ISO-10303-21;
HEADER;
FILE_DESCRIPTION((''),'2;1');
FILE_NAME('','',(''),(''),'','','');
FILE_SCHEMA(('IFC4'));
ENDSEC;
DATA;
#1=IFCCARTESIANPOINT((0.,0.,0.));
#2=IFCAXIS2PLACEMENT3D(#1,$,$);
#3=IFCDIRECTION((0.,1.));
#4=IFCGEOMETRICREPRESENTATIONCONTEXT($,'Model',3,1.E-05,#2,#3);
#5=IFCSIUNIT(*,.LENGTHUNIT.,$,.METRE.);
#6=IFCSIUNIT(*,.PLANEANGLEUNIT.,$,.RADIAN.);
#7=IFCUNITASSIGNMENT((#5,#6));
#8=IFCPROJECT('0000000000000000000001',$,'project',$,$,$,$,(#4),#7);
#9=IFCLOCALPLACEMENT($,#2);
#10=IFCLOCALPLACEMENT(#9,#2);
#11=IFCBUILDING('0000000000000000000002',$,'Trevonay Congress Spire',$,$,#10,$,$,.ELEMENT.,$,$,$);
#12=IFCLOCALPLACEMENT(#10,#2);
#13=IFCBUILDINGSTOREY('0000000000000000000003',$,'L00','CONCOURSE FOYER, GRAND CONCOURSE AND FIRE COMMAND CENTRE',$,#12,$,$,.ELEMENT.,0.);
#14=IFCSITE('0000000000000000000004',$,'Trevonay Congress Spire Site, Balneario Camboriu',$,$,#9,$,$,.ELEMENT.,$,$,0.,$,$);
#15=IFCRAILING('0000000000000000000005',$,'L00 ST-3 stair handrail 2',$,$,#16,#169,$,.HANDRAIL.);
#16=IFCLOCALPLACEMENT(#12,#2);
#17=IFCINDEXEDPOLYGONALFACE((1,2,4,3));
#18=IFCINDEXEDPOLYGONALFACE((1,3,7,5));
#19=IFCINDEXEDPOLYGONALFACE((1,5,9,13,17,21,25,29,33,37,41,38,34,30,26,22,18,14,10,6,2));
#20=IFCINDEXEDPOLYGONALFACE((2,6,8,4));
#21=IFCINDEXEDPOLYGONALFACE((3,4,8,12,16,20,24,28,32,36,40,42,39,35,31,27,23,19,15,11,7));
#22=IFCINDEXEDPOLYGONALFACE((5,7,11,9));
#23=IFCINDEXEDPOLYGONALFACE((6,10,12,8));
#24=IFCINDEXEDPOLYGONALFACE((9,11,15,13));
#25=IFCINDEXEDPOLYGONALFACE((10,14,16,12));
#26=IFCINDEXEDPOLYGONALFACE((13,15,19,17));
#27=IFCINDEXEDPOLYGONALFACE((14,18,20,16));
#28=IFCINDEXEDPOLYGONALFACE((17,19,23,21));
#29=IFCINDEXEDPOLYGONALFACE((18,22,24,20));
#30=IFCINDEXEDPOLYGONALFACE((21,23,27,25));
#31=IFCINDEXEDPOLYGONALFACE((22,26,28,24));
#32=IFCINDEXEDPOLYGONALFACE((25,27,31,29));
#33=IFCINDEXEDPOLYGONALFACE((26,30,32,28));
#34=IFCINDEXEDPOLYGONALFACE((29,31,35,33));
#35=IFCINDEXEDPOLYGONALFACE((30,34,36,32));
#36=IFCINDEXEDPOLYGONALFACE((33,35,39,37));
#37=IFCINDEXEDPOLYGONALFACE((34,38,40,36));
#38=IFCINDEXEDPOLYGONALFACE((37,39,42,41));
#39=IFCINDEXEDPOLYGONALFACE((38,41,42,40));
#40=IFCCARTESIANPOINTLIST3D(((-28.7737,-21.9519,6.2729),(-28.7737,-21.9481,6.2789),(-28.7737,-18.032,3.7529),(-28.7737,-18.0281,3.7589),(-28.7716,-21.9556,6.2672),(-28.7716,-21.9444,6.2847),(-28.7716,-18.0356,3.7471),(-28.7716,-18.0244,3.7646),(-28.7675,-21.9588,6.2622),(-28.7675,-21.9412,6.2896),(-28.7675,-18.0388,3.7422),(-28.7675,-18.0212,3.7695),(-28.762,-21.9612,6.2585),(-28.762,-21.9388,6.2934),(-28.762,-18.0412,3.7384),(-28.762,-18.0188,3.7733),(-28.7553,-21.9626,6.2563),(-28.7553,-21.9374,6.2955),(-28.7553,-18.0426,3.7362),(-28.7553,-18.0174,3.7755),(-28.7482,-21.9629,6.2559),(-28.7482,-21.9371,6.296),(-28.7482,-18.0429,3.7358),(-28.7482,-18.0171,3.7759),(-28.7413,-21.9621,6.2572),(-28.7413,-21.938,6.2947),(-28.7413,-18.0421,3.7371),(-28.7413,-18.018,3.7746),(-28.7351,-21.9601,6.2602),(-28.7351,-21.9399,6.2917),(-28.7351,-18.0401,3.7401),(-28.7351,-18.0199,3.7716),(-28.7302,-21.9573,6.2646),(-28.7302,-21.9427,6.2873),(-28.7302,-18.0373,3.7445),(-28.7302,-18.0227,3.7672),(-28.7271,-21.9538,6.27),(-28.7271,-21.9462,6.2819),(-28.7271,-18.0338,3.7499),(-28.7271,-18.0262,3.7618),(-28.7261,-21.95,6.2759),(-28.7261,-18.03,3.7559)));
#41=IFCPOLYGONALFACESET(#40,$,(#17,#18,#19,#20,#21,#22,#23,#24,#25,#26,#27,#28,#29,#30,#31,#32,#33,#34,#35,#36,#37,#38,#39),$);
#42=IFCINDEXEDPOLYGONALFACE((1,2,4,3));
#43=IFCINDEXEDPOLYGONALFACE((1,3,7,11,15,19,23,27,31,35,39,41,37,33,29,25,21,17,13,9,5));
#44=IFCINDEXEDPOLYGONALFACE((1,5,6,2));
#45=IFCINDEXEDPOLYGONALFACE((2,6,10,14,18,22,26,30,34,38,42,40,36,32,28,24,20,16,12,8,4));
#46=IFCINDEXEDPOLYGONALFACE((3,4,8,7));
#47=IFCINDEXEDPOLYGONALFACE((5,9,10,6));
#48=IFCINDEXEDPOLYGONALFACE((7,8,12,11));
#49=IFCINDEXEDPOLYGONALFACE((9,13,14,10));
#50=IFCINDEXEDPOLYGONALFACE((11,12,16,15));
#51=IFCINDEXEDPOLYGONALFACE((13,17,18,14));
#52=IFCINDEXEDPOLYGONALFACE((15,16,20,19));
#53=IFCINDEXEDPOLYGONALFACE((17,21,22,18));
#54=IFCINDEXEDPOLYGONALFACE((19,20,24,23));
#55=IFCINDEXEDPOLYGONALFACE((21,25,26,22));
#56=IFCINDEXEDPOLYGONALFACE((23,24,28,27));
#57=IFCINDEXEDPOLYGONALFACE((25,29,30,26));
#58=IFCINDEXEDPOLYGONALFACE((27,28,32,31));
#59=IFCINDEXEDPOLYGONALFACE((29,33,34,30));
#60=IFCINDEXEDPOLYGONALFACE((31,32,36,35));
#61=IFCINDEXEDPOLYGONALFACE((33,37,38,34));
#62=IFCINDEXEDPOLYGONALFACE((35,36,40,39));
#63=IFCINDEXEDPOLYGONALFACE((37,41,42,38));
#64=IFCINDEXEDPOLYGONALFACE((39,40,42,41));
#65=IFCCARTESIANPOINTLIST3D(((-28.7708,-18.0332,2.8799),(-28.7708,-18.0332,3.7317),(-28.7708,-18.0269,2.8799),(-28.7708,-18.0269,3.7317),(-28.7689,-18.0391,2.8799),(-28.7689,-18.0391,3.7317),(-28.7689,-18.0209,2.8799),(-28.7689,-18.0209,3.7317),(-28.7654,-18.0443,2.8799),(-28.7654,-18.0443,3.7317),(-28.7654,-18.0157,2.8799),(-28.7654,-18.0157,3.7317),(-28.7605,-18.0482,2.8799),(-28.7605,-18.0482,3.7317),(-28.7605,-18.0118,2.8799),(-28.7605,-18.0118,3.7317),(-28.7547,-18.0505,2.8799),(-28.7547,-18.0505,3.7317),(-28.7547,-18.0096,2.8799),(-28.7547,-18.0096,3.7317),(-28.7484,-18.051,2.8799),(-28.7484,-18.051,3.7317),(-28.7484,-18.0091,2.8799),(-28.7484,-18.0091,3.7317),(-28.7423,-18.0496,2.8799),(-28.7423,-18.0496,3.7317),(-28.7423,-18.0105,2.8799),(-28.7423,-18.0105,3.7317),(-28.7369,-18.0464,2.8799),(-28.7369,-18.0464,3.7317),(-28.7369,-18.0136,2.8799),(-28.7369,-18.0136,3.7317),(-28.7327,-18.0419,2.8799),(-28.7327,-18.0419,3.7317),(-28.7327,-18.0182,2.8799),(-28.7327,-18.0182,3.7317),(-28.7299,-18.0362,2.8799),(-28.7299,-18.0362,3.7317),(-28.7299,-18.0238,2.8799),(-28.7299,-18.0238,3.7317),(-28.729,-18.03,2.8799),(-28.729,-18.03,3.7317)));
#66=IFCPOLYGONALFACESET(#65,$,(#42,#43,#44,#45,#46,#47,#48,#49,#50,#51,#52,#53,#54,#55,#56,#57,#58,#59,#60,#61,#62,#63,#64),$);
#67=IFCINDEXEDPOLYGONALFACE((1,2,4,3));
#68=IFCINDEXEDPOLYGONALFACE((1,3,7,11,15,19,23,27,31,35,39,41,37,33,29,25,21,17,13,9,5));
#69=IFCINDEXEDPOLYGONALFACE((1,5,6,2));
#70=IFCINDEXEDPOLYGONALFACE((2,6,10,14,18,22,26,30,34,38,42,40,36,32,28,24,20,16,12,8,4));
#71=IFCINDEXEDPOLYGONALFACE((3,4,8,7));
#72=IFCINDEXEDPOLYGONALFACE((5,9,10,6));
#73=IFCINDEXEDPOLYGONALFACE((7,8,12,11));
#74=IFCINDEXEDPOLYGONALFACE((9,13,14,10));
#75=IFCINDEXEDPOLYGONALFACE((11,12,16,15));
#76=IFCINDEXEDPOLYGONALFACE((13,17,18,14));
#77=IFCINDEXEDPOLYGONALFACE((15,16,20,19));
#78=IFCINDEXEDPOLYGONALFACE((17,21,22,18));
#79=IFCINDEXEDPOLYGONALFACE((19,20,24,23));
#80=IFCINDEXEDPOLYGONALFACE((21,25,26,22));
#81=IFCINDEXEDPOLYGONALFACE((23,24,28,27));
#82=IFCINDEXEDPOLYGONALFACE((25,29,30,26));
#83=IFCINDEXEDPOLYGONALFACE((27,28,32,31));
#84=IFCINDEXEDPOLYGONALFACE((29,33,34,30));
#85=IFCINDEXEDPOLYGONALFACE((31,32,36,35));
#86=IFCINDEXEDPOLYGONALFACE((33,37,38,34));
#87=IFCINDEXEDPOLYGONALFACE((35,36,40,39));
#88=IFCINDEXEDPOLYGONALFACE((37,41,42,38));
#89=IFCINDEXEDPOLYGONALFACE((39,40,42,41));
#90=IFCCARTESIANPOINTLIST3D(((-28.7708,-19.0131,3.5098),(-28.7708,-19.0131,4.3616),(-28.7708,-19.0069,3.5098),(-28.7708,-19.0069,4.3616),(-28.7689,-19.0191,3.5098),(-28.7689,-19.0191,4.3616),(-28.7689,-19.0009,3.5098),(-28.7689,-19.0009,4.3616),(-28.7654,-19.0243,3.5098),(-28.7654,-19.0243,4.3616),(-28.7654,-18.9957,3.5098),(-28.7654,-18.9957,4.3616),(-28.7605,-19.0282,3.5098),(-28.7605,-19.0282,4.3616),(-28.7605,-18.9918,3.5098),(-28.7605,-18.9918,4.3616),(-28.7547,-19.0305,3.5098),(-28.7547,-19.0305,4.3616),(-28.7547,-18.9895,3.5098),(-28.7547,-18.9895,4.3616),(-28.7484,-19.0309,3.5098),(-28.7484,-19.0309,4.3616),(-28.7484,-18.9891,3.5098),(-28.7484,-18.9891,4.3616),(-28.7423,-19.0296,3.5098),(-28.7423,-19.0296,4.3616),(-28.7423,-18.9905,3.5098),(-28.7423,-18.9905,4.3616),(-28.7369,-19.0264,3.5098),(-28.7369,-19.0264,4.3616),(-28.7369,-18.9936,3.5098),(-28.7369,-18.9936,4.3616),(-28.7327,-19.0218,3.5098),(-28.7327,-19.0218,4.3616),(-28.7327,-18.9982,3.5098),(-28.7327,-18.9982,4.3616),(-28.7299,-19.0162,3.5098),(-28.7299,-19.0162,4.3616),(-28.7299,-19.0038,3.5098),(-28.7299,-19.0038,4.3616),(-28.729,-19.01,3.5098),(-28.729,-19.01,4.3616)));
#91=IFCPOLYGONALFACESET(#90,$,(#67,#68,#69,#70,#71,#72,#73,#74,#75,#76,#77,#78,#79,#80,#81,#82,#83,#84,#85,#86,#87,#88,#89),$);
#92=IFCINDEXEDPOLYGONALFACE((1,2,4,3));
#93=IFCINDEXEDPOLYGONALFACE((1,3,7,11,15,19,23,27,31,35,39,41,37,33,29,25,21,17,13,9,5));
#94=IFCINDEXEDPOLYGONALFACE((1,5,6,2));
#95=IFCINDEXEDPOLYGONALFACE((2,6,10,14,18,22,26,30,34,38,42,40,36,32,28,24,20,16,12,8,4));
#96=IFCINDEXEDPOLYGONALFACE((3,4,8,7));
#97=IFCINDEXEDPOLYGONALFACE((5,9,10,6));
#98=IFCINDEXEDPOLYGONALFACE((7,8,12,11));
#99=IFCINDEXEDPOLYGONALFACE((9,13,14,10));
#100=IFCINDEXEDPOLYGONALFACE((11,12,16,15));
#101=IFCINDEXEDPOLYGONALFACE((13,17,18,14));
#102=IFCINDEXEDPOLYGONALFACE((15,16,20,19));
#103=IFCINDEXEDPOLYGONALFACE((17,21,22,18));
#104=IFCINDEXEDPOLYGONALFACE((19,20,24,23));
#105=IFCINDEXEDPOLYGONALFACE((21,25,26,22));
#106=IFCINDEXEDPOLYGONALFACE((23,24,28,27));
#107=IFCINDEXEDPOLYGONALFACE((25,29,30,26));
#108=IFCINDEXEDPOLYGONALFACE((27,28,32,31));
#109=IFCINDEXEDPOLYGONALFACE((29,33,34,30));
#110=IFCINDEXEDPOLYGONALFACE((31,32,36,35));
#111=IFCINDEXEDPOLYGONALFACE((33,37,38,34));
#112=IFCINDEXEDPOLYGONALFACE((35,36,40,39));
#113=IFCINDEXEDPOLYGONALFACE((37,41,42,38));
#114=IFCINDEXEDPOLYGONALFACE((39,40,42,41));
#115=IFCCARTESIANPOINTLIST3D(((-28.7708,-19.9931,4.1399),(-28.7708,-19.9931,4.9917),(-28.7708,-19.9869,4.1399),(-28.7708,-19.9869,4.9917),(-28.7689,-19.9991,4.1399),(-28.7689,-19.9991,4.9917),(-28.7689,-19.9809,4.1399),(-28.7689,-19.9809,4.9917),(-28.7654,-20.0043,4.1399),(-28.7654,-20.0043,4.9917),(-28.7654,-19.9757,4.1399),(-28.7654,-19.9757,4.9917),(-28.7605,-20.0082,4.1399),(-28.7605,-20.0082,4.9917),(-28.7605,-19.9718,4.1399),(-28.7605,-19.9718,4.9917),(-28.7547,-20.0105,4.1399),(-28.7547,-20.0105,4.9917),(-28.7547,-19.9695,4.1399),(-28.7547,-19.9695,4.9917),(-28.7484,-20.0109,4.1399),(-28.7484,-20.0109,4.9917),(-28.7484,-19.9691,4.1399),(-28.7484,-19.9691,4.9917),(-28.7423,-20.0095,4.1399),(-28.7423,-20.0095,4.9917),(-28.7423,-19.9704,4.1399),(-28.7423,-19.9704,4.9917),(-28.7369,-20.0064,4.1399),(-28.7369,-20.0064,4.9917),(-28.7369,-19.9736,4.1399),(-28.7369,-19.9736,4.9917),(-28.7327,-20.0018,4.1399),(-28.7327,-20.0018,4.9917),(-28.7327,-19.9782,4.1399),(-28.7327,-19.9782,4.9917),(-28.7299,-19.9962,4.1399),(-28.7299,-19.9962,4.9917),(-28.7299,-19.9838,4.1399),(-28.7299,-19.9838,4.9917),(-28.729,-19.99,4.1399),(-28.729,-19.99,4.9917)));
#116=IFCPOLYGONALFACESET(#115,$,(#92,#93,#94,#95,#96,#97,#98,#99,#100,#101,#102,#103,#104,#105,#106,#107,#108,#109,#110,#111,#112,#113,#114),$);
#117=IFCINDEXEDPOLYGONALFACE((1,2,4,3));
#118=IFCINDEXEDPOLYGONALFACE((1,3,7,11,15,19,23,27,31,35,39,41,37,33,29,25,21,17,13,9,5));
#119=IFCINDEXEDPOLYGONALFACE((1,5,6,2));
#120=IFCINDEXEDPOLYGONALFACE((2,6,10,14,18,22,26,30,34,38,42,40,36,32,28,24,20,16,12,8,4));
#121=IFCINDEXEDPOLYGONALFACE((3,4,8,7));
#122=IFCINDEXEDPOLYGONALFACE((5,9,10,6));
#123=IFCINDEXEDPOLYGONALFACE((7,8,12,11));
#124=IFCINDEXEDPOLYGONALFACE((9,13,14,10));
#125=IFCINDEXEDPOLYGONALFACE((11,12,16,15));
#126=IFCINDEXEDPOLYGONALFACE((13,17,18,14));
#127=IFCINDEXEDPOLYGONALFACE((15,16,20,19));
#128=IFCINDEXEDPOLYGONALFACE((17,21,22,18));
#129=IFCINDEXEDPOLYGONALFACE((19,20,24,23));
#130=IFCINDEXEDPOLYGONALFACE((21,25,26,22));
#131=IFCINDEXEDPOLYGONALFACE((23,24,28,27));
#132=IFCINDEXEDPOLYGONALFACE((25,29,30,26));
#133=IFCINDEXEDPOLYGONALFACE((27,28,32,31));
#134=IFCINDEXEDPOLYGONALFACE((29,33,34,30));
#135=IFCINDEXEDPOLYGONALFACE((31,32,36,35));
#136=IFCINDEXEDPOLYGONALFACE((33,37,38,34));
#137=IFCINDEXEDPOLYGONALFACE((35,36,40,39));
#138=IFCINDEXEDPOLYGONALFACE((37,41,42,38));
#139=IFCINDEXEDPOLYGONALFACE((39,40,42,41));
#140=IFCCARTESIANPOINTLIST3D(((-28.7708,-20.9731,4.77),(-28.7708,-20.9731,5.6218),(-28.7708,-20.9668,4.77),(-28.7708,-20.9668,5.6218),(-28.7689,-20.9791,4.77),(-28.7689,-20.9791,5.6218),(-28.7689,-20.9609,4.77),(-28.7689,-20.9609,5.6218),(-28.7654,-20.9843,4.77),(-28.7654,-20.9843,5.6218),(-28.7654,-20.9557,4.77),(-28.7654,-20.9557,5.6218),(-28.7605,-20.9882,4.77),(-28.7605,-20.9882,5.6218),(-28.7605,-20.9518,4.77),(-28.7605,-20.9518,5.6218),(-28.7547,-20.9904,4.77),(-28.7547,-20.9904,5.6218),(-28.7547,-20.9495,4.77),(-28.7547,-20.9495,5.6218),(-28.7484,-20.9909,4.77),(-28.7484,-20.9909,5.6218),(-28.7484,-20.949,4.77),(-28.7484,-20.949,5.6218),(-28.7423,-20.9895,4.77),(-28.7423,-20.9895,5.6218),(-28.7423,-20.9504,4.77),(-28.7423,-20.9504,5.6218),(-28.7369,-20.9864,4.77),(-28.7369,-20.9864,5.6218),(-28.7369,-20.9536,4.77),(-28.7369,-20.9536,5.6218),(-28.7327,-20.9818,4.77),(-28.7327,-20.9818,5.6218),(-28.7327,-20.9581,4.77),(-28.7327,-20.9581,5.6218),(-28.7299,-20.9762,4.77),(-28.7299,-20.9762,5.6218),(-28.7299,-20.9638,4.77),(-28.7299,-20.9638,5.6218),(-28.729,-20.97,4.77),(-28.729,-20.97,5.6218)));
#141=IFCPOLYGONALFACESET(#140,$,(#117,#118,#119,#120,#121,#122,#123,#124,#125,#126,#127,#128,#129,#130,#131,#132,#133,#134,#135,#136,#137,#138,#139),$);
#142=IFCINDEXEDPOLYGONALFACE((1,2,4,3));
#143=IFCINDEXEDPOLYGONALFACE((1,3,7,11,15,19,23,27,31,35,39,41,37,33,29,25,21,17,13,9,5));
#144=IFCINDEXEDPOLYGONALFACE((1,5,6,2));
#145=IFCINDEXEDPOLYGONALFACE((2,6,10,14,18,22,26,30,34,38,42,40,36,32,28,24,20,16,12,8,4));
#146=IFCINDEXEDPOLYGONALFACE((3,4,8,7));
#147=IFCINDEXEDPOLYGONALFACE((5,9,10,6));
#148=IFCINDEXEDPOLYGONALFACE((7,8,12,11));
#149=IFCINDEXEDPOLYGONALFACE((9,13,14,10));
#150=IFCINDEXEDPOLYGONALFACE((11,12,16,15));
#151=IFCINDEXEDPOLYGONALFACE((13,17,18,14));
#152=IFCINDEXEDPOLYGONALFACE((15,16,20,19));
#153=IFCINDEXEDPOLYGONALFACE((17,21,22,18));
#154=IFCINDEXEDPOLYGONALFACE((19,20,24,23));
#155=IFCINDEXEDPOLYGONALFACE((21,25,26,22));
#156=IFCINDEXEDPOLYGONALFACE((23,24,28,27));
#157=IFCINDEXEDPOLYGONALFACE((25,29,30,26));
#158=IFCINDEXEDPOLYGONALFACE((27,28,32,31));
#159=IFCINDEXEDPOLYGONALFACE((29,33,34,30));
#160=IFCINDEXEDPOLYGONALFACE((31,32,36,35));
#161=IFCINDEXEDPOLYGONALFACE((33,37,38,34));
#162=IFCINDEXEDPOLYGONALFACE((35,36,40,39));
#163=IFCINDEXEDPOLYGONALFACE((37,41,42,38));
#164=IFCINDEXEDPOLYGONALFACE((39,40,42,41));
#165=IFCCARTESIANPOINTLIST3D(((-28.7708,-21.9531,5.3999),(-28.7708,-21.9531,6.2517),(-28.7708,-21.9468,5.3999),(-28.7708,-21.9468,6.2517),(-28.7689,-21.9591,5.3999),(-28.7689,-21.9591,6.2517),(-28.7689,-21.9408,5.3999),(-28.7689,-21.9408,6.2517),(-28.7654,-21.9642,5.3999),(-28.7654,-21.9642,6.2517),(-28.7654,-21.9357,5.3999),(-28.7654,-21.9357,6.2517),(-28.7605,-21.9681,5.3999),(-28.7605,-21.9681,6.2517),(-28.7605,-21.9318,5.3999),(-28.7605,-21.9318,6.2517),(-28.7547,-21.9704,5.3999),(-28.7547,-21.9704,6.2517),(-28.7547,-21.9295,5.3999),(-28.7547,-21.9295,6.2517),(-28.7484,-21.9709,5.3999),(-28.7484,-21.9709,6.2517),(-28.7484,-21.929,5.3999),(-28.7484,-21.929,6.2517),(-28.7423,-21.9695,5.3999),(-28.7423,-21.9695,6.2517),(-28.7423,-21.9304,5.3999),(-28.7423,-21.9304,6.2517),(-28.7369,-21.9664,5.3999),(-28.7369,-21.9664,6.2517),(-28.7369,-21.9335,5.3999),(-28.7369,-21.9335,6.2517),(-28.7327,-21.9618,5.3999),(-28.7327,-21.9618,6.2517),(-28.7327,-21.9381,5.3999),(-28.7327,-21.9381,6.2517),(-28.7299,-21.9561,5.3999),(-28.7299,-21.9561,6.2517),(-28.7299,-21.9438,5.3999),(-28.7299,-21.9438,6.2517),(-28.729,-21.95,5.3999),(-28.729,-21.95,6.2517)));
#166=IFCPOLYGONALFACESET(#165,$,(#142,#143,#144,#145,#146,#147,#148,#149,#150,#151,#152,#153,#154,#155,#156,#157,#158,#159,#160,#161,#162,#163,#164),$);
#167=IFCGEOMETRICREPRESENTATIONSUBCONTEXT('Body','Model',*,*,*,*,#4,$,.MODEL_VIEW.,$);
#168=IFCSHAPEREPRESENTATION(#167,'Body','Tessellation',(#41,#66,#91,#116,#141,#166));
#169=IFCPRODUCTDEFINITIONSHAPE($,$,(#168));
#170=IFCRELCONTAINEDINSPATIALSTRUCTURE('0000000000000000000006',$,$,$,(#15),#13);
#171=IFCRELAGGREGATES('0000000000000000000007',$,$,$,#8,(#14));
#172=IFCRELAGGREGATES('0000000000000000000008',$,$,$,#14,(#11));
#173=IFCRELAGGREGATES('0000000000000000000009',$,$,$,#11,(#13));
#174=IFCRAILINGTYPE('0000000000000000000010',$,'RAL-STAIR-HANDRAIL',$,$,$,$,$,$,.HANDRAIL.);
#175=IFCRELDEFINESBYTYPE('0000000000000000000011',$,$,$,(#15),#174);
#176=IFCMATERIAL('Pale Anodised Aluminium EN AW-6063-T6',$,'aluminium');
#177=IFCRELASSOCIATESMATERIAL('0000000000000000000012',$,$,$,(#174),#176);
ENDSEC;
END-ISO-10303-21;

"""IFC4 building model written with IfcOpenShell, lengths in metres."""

from ifc_helpers import new_model, si_unit, direction, frame, origin, origin_2d, place, context, subcontext, project, spatial, circle, extrude, material, type_object, element, save


model = new_model("IFC4")

# Units and contexts
model_context = context("Model", 3, precision=1e-05, world=origin(), true_north=direction((0.0, 1.0)))
body_context = subcontext(model_context, "Body", "Model", "MODEL_VIEW")
ifc_project = project(units=[si_unit("LENGTHUNIT", "METRE"), si_unit("PLANEANGLEUNIT", "RADIAN")], contexts=[model_context])

# Site, building, storey
site_placement = place(None, origin())
site = spatial("IfcSite", under=ifc_project, at=site_placement, Name="Trevonay Congress Spire Site, Balneario Camboriu", CompositionType="ELEMENT", RefElevation=0.0)
building_placement = place(site_placement, origin())
building = spatial("IfcBuilding", under=site, at=building_placement, Name="Trevonay Congress Spire", CompositionType="ELEMENT")
storey_placement = place(building_placement, origin())
storey = spatial("IfcBuildingStorey", under=building, at=storey_placement, Name="L00", Description="CONCOURSE FOYER, GRAND CONCOURSE AND FIRE COMMAND CENTRE", CompositionType="ELEMENT", Elevation=0.0)

# Shared definitions
ifc_material_1 = material(Name="Pale Anodised Aluminium EN AW-6063-T6", Category="aluminium")

# Railing
railing_type_1 = type_object("IfcRailingType", Name="RAL-STAIR-HANDRAIL", PredefinedType="HANDRAIL", material=ifc_material_1)
railing_1_placement = place(storey_placement, frame((-28.75, -18.03, 2.8799)))
element("IfcRailing", 1, at=railing_1_placement, inside=storey, type_object=railing_type_1, Name="L00 ST-3 stair handrail 2", PredefinedType="HANDRAIL", context=body_context, shape_type="SweptSolid", body=[
    extrude(circle(Radius=0.0239, at=origin_2d()), frame((0.0, 0.0, 0.876), z_axis=(0.0, -0.841172, 0.540768), x_axis=(1.0, 0.0, 0.0)), (0.0, 0.0, 1.0), 4.6602),
    extrude(circle(Radius=0.021, at=origin_2d()), origin(), (0.0, 0.0, 1.0), 0.8518),
    extrude(circle(Radius=0.021, at=origin_2d()), frame((0.0, -0.98, 0.6299)), (0.0, 0.0, 1.0), 0.8518),
    extrude(circle(Radius=0.021, at=origin_2d()), frame((0.0, -1.96, 1.26)), (0.0, 0.0, 1.0), 0.8518),
    extrude(circle(Radius=0.021, at=origin_2d()), frame((0.0, -2.9399, 1.8901)), (0.0, 0.0, 1.0), 0.8518),
    extrude(circle(Radius=0.021, at=origin_2d()), frame((0.0, -3.9199, 2.52)), (0.0, 0.0, 1.0), 0.8518),
])

save(model, "model.ifc")
